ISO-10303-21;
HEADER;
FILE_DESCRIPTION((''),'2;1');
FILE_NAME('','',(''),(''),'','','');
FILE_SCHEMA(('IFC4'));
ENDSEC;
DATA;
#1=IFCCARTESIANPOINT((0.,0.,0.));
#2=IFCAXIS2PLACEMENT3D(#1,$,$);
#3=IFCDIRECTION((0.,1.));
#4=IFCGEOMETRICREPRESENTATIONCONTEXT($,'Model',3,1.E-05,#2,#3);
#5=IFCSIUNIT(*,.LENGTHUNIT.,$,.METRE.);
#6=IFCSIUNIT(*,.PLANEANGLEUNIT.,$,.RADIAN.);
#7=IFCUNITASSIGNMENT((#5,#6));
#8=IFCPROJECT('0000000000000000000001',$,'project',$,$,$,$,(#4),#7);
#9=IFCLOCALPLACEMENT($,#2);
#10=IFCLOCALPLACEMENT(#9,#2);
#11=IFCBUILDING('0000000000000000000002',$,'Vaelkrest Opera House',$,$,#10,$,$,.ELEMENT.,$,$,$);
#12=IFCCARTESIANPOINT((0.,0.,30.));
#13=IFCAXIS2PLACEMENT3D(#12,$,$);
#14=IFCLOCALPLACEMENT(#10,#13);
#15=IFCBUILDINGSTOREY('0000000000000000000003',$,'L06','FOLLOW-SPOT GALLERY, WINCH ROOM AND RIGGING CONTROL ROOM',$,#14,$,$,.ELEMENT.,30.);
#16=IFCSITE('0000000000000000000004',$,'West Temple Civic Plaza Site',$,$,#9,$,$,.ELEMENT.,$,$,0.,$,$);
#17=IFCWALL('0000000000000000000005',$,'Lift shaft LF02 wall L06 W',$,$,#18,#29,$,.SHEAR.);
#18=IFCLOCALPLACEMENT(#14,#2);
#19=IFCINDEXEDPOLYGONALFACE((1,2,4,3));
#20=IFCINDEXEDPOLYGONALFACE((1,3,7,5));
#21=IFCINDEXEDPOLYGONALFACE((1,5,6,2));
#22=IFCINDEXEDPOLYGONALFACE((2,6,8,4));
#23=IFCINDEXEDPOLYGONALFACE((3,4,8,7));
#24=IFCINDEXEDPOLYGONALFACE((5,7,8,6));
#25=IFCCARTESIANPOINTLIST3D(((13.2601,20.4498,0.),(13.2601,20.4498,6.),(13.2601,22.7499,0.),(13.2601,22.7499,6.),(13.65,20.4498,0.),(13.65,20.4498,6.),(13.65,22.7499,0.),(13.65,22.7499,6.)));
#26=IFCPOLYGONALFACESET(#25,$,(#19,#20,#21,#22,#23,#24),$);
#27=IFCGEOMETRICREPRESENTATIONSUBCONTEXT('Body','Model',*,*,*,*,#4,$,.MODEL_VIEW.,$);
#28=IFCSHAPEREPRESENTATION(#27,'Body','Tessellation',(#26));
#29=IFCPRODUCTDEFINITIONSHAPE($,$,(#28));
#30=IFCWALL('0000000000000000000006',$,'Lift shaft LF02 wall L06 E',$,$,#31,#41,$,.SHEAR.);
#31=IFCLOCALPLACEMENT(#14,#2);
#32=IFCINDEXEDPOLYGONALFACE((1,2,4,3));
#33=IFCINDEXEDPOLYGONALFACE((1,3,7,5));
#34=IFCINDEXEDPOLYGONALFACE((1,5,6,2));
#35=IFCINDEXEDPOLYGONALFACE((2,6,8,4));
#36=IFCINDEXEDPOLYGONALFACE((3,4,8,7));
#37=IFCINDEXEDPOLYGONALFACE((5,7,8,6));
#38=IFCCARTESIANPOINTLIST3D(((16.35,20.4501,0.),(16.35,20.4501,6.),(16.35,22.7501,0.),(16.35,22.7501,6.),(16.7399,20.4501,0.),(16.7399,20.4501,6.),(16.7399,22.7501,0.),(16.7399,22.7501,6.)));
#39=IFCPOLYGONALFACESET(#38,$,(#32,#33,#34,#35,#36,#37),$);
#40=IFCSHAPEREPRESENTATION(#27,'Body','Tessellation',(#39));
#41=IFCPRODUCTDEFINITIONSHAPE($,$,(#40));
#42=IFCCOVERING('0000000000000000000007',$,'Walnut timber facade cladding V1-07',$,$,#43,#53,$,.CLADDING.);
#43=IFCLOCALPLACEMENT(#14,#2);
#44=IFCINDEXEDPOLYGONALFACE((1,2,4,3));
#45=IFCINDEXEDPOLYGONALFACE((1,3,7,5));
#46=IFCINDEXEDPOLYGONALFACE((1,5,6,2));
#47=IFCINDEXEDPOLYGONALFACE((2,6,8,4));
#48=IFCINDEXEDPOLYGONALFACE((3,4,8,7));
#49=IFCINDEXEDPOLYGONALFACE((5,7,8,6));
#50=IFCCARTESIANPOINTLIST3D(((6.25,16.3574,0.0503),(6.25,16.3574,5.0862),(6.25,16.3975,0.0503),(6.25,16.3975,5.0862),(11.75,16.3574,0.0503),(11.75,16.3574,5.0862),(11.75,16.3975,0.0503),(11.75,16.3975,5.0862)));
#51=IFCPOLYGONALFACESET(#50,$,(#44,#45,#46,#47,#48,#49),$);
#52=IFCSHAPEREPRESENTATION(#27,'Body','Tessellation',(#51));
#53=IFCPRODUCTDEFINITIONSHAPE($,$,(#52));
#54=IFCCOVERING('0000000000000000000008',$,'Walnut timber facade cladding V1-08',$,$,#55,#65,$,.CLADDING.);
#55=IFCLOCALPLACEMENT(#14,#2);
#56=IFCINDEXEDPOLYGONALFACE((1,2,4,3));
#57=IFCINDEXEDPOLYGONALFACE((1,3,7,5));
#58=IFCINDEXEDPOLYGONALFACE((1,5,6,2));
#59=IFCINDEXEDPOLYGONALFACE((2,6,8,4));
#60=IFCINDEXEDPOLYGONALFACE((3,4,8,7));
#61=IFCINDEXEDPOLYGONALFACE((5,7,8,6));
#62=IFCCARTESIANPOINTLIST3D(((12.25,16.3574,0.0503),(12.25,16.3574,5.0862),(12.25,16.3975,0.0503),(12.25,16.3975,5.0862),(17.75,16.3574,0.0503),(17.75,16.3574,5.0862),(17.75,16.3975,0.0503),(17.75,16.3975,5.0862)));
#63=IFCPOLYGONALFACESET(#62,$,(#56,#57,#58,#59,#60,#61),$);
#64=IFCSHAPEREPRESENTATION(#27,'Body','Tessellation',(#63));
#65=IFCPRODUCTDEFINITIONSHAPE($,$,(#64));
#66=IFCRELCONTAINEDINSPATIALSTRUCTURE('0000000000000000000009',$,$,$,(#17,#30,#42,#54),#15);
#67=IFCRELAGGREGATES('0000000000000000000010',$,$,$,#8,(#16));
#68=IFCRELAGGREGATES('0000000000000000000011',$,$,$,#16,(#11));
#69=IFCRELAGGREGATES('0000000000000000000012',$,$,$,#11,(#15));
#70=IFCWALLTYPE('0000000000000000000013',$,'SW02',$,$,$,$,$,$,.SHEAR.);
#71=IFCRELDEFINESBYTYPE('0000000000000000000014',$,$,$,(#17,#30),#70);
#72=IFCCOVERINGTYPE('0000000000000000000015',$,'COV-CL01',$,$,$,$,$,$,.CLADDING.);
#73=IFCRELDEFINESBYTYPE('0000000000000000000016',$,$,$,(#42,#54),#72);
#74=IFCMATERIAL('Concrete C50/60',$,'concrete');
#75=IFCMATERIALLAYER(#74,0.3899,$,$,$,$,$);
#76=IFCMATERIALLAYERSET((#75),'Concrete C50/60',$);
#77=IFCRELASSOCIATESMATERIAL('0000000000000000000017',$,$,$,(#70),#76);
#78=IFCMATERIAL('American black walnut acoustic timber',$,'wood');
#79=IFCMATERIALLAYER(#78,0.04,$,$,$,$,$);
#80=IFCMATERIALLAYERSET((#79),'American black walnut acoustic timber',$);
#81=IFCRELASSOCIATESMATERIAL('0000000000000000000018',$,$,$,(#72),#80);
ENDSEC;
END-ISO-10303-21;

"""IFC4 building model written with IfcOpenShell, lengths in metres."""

from ifc_helpers import new_model, si_unit, direction, frame, frame_2d, origin, origin_2d, place, context, subcontext, project, spatial, rectangle, extrude, material, layer, layer_set, type_object, element, save


model = new_model("IFC4")

# Units and contexts
model_context = context("Model", 3, precision=1e-05, world=origin(), true_north=direction((0.0, 1.0)))
body_context = subcontext(model_context, "Body", "Model", "MODEL_VIEW")
ifc_project = project(units=[si_unit("LENGTHUNIT", "METRE"), si_unit("PLANEANGLEUNIT", "RADIAN")], contexts=[model_context])

# Site, building, storey
site_placement = place(None, origin())
site = spatial("IfcSite", under=ifc_project, at=site_placement, Name="West Temple Civic Plaza Site", CompositionType="ELEMENT", RefElevation=0.0)
building_placement = place(site_placement, origin())
building = spatial("IfcBuilding", under=site, at=building_placement, Name="Vaelkrest Opera House", CompositionType="ELEMENT")
storey_placement = place(building_placement, frame((0.0, 0.0, 30.0)))
storey = spatial("IfcBuildingStorey", under=building, at=storey_placement, Name="L06", Description="FOLLOW-SPOT GALLERY, WINCH ROOM AND RIGGING CONTROL ROOM", CompositionType="ELEMENT", Elevation=30.0)

# Shared definitions
ifc_material_1 = material(Name="Concrete C50/60", Category="concrete")

# Shared definitions
ifc_material_2 = material(Name="American black walnut acoustic timber", Category="wood")

# Shared definitions
ifc_layer_1 = layer(ifc_material_1, 0.3899)
ifc_layer_set_1 = layer_set([ifc_layer_1], Name="Concrete C50/60")
wall_type_1 = type_object("IfcWallType", Name="SW02", PredefinedType="SHEAR", material=ifc_layer_set_1)

# Walls
for number, where, z_axis, x_axis, name in (
    (1, (13.4551, 20.45, 0.0), (0.0, 0.0, 1.0), (0.0, 1.0, 0.0), "Lift shaft LF02 wall L06 W"),
    (2, (16.5449, 22.75, 0.0), (0.0, 0.0, 1.0), (0.0, -1.0, 0.0), "Lift shaft LF02 wall L06 E"),
):
    element("IfcWall", number, at=place(storey_placement, frame(where, z_axis=z_axis, x_axis=x_axis)), inside=storey, type_object=wall_type_1, Name=name, PredefinedType="SHEAR", context=body_context, shape_type="SweptSolid", body=[
        extrude(rectangle(XDim=2.3, YDim=0.3899, at=frame_2d((1.1499, 0.0))), origin(), (0.0, 0.0, 1.0), 6.0),
    ])

# Coverings
ifc_layer_2 = layer(ifc_material_2, 0.04)
ifc_layer_set_2 = layer_set([ifc_layer_2], Name="American black walnut acoustic timber")
covering_type = type_object("IfcCoveringType", Name="COV-CL01", PredefinedType="CLADDING", material=ifc_layer_set_2)
for number, where, z_axis, x_axis, name in (
    (3, (9.0, 16.3774, 0.0503), (0.0, 0.0, 1.0), (1.0, 0.0, 0.0), "Walnut timber facade cladding V1-07"),
    (4, (15.0, 16.3774, 0.0503), (0.0, 0.0, 1.0), (1.0, 0.0, 0.0), "Walnut timber facade cladding V1-08"),
):
    element("IfcCovering", number, at=place(storey_placement, frame(where, z_axis=z_axis, x_axis=x_axis)), inside=storey, type_object=covering_type, Name=name, PredefinedType="CLADDING", context=body_context, shape_type="SweptSolid", body=[
        extrude(rectangle(XDim=5.5, YDim=0.04, at=origin_2d()), origin(), (0.0, 0.0, 1.0), 5.0359),
    ])

save(model, "model.ifc")
